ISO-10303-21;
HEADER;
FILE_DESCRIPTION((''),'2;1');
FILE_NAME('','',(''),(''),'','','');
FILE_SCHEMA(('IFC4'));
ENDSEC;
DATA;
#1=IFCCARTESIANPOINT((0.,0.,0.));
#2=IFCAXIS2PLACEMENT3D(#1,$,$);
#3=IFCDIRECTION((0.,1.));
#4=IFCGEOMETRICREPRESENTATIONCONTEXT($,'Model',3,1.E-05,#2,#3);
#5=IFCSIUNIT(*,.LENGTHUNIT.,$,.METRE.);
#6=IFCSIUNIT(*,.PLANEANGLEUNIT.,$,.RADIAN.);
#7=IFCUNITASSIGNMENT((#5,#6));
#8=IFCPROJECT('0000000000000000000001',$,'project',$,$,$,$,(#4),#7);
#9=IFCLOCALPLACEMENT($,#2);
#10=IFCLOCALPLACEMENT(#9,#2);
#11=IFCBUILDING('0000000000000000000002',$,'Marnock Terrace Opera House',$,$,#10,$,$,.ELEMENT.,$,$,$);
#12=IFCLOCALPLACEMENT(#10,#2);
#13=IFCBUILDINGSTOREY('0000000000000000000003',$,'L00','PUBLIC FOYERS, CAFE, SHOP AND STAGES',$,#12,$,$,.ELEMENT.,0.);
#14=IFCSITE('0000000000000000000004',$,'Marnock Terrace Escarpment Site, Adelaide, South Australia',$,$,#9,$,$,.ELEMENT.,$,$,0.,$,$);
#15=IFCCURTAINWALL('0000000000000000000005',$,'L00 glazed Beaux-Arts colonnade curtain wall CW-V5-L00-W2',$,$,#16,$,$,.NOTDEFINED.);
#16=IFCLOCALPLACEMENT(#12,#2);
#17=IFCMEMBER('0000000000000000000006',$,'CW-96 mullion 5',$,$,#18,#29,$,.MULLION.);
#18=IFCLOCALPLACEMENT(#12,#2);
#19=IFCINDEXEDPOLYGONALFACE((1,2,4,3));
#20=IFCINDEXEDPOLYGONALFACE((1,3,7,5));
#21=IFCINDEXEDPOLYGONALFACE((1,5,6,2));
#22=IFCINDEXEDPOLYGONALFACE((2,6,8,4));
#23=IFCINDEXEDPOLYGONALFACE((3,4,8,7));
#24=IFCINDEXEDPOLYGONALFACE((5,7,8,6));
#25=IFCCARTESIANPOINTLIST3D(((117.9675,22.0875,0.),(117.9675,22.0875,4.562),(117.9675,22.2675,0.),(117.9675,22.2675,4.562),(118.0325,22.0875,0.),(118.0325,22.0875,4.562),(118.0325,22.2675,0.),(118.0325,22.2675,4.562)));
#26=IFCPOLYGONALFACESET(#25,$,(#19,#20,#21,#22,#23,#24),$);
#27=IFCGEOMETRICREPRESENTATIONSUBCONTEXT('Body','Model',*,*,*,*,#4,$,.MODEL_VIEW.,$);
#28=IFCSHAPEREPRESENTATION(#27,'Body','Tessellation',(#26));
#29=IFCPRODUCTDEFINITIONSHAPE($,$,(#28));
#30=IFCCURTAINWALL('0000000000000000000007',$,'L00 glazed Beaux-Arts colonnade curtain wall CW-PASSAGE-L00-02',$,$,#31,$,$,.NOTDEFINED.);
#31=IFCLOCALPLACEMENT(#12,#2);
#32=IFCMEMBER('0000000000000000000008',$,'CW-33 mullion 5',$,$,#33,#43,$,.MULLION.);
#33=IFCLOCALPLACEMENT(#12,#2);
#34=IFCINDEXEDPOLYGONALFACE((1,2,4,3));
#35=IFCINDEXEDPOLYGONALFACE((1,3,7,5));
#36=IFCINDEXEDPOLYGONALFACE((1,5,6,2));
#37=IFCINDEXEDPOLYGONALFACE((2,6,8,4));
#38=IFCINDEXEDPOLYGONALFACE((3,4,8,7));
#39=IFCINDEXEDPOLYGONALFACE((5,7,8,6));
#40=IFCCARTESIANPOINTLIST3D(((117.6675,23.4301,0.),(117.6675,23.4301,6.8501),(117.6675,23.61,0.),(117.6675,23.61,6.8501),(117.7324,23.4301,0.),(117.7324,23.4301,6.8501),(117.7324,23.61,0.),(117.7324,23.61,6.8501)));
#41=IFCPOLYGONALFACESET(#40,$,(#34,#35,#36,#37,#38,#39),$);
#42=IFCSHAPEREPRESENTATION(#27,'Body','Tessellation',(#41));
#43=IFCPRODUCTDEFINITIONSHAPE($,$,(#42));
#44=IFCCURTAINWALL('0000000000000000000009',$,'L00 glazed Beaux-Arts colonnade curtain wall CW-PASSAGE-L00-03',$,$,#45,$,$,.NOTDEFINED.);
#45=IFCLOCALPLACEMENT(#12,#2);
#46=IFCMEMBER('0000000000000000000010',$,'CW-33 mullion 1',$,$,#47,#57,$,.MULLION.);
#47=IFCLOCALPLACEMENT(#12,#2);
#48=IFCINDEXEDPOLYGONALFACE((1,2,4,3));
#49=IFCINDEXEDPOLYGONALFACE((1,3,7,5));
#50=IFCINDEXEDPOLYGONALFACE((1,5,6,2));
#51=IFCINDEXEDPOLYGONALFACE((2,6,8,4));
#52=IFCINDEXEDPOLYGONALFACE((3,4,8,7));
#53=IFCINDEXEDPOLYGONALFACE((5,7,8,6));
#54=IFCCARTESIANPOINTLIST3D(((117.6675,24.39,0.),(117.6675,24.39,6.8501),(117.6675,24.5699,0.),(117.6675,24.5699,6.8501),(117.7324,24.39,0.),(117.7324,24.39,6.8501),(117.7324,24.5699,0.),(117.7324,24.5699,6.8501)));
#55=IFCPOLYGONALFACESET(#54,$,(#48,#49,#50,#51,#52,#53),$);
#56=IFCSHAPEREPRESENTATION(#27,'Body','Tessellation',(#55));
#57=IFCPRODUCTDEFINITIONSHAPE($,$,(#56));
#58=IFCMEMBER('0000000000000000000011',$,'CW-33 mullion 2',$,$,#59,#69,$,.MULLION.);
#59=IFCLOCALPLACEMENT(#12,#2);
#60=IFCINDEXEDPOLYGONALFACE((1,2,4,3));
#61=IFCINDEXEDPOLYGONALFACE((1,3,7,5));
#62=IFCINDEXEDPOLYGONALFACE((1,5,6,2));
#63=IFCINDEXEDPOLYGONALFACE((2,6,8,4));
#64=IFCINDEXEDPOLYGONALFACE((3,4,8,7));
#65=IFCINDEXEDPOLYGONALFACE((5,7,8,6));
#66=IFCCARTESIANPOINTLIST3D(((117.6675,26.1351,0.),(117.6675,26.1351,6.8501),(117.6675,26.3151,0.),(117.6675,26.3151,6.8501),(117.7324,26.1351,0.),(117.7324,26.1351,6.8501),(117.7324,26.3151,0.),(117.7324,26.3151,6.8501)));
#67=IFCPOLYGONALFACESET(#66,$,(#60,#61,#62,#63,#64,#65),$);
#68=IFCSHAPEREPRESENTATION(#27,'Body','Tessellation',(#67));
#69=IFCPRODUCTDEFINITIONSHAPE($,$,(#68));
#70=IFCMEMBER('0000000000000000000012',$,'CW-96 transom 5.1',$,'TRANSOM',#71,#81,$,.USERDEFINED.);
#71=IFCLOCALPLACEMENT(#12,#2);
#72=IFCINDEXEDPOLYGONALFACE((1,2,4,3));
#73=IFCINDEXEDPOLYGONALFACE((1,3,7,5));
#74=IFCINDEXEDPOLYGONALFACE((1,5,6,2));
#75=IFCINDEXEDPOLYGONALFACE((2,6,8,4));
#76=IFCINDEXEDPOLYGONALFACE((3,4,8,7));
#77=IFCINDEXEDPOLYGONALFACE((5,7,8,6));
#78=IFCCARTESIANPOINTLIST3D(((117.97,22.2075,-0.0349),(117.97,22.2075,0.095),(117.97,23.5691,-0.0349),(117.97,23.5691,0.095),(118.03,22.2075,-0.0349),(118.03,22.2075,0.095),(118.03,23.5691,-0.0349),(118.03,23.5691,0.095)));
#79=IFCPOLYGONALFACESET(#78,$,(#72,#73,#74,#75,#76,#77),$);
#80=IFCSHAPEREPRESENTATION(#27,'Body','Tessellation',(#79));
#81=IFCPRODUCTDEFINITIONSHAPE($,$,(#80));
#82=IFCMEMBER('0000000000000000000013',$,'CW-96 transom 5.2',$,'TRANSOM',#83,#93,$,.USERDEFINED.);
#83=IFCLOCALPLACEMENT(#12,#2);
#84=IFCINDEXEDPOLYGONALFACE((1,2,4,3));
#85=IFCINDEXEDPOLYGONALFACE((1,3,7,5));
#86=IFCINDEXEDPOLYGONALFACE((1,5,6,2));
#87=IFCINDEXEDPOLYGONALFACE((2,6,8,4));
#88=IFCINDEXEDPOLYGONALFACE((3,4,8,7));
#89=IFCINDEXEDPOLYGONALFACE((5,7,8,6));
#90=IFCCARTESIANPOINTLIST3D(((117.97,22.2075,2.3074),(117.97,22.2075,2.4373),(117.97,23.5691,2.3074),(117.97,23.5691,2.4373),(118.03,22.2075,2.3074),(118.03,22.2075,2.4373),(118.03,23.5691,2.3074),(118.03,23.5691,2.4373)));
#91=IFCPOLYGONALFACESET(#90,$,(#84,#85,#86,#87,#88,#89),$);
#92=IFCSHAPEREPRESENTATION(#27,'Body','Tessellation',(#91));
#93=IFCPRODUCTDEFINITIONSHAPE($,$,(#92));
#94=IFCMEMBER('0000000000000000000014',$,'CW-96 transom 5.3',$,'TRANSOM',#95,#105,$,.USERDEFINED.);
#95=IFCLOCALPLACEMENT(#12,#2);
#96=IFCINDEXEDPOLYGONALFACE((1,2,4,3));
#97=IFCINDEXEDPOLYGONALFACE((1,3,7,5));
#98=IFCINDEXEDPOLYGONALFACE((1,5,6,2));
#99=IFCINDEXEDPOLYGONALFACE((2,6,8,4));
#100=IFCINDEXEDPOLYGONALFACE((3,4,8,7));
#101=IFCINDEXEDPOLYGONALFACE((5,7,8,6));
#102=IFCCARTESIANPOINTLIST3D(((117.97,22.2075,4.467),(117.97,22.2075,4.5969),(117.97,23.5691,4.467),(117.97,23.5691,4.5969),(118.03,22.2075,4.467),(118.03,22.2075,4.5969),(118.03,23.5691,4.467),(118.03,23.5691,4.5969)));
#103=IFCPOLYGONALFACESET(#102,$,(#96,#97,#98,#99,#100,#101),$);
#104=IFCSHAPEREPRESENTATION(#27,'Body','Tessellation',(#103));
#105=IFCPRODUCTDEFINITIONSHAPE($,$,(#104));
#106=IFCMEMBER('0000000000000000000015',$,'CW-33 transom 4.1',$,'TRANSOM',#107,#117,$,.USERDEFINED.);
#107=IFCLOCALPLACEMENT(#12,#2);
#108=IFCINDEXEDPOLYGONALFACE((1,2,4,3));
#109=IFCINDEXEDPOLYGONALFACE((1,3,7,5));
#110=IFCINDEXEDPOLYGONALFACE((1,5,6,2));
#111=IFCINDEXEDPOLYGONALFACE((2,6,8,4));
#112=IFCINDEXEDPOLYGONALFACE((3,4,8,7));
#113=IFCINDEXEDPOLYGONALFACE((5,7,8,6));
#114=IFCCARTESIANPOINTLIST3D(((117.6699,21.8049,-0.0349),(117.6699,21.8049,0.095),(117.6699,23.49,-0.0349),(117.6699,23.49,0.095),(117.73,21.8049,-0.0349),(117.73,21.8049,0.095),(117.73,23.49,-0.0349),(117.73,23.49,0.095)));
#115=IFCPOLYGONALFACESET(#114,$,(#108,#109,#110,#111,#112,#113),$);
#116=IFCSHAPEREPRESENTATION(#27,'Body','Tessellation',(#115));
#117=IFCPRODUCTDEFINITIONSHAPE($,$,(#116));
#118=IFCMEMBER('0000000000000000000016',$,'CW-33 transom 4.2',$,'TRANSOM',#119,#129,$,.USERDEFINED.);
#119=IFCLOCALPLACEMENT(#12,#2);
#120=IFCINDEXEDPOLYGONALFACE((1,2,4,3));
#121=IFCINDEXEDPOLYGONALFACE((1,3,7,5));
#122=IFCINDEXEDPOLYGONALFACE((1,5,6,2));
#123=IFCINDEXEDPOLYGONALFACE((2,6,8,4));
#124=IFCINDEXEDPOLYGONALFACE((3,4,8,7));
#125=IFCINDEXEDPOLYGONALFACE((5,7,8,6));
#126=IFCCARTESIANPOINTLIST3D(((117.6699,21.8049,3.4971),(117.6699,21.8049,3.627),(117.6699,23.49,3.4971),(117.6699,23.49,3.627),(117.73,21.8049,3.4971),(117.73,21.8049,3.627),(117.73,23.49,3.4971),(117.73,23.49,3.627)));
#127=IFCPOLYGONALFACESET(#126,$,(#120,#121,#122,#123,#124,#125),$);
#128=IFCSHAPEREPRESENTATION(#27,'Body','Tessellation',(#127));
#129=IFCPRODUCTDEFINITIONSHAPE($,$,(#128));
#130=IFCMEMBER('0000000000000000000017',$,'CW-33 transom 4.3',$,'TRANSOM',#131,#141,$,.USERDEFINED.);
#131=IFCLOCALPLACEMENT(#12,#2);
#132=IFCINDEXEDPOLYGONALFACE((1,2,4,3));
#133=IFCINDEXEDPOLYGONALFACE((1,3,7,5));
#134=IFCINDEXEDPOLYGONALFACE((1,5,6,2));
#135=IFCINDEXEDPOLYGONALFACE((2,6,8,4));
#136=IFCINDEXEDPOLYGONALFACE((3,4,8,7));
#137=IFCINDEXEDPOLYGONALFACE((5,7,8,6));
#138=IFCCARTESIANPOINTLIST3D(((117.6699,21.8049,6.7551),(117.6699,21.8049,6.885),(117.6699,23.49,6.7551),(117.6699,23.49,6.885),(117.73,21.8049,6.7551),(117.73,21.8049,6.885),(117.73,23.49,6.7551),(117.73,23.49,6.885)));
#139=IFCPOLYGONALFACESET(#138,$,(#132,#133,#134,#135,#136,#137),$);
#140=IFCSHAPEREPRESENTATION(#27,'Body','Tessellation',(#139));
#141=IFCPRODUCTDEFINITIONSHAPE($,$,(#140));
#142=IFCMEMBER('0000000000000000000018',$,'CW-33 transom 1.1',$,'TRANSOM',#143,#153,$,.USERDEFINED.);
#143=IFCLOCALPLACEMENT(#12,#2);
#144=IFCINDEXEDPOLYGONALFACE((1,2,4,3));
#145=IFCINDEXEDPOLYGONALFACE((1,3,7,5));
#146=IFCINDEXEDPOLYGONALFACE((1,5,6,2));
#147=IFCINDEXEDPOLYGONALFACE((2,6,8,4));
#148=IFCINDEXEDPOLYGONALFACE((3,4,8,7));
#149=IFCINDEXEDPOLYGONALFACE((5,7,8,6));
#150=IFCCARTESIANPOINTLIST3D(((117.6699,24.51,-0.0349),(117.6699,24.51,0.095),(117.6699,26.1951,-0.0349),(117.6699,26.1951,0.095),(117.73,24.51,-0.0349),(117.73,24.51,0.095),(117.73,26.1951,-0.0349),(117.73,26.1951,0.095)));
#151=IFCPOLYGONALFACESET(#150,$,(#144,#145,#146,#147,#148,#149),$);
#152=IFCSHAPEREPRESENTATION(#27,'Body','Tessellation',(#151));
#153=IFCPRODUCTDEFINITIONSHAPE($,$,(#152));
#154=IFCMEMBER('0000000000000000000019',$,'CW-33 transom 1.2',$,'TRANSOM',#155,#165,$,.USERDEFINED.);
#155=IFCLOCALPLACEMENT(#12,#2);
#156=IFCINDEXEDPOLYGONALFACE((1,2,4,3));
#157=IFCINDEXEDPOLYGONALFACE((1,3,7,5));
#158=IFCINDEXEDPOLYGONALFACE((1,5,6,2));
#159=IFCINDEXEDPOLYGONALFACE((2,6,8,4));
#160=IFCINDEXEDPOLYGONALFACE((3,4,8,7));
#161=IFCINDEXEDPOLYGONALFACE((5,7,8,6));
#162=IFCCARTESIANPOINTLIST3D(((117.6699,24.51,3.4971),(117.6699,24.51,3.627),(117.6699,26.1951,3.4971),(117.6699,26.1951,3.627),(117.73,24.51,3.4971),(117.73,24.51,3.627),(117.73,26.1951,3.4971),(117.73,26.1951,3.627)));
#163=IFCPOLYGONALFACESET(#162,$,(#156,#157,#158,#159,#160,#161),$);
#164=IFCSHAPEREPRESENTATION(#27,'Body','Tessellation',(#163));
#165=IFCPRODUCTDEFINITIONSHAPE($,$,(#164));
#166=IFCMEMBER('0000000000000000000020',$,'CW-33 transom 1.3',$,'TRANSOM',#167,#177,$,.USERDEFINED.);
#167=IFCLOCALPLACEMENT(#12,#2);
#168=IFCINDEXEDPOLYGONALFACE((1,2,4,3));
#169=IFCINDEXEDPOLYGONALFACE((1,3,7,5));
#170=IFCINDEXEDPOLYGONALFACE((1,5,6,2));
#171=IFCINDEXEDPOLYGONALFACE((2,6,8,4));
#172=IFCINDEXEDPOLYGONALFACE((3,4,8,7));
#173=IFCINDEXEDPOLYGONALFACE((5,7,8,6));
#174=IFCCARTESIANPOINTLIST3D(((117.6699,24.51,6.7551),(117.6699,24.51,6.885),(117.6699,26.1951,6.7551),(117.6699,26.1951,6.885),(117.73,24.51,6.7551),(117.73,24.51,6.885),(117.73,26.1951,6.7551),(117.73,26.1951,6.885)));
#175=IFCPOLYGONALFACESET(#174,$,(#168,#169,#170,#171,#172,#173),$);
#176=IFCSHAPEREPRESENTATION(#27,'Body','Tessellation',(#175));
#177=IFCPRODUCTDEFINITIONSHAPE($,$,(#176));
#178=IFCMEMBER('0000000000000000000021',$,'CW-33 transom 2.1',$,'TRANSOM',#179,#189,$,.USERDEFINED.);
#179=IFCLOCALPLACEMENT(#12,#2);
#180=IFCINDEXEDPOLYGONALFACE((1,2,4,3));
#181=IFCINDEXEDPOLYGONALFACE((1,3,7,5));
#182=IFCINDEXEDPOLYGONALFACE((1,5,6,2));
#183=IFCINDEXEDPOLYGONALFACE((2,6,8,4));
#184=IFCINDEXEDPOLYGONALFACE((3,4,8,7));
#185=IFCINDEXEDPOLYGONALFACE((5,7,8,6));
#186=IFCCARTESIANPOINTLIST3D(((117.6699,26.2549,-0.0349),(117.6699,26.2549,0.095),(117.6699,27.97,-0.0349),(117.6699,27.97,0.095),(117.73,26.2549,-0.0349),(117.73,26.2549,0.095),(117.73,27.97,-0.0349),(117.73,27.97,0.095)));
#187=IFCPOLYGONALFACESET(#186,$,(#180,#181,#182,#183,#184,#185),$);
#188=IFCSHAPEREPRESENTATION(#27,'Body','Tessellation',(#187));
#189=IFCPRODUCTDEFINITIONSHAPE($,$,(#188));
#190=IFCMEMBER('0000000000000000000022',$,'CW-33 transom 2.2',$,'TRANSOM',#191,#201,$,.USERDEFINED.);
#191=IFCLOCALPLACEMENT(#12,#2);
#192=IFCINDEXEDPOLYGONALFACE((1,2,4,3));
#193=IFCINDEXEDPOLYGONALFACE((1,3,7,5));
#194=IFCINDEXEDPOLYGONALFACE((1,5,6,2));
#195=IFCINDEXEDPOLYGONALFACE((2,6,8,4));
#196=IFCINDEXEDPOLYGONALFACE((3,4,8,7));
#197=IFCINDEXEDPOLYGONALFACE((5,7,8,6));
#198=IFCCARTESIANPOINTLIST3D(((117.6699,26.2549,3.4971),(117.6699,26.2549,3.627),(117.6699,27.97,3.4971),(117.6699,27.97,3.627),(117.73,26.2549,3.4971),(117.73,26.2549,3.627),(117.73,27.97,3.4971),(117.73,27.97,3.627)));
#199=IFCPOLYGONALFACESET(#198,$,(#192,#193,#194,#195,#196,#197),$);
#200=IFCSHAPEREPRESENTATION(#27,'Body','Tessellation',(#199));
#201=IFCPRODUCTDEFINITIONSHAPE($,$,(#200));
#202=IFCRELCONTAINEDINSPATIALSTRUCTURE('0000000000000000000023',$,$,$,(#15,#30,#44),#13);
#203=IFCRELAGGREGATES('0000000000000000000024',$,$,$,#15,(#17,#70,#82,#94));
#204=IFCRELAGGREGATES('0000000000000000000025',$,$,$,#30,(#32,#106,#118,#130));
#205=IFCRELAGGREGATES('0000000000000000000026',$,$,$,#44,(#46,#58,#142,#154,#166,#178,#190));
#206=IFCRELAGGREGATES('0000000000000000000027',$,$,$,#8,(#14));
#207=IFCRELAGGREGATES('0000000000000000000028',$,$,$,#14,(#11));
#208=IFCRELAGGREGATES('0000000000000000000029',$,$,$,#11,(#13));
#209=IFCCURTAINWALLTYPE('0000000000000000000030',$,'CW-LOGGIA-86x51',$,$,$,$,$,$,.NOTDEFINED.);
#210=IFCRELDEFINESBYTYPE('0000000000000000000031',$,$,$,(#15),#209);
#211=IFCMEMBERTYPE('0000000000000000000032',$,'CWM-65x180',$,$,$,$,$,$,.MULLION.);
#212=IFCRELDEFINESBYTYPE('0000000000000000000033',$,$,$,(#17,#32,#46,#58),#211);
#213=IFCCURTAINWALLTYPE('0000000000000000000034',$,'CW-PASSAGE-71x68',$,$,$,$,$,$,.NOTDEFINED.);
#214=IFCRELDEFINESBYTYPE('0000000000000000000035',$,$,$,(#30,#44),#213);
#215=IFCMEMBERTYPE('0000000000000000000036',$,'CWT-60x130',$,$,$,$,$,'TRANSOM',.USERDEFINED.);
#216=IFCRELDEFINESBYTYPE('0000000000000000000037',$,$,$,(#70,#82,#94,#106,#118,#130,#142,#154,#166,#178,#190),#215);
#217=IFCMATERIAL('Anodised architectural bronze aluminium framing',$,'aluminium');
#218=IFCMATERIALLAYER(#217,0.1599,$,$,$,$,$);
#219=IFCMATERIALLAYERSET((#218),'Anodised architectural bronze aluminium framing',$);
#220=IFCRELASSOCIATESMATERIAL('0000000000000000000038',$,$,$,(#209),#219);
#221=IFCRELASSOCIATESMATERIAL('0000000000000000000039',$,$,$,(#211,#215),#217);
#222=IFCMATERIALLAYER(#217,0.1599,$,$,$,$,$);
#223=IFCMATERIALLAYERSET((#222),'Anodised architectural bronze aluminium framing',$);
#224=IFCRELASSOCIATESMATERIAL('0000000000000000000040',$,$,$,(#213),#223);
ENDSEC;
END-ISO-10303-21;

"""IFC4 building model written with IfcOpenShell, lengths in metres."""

from ifc_helpers import new_model, si_unit, direction, frame, origin, origin_2d, place, context, subcontext, project, spatial, rectangle, extrude, material, layer, layer_set, material_profile, profile_set, type_object, element, aggregate, save


model = new_model("IFC4")

# Units and contexts
model_context = context("Model", 3, precision=1e-05, world=origin(), true_north=direction((0.0, 1.0)))
body_context = subcontext(model_context, "Body", "Model", "MODEL_VIEW")
ifc_project = project(units=[si_unit("LENGTHUNIT", "METRE"), si_unit("PLANEANGLEUNIT", "RADIAN")], contexts=[model_context])

# Site, building, storey
site_placement = place(None, origin())
site = spatial("IfcSite", under=ifc_project, at=site_placement, Name="Marnock Terrace Escarpment Site, Adelaide, South Australia", CompositionType="ELEMENT", RefElevation=0.0)
building_placement = place(site_placement, origin())
building = spatial("IfcBuilding", under=site, at=building_placement, Name="Marnock Terrace Opera House", CompositionType="ELEMENT")
storey_placement = place(building_placement, origin())
storey = spatial("IfcBuildingStorey", under=building, at=storey_placement, Name="L00", Description="PUBLIC FOYERS, CAFE, SHOP AND STAGES", CompositionType="ELEMENT", Elevation=0.0)

# Curtain walls, members
ifc_material_1 = material(Name="Anodised architectural bronze aluminium framing", Category="aluminium")
ifc_layer_1 = layer(ifc_material_1, 0.1599)
ifc_layer_set_1 = layer_set([ifc_layer_1], Name="Anodised architectural bronze aluminium framing")
curtain_wall_type_1 = type_object("IfcCurtainWallType", Name="CW-LOGGIA-86x51", PredefinedType="NOTDEFINED", material=ifc_layer_set_1)
curtain_wall_1_placement = place(storey_placement, origin())
curtain_wall_1 = element("IfcCurtainWall", 1, at=curtain_wall_1_placement, inside=storey, type_object=curtain_wall_type_1, Name="L00 glazed Beaux-Arts colonnade curtain wall CW-V5-L00-W2", PredefinedType="NOTDEFINED")
ifc_material_profile_1 = material_profile(ifc_material_1, rectangle(XDim=0.0649, YDim=0.1799, at=origin_2d()))
ifc_profile_set_1 = profile_set([ifc_material_profile_1], Name="Anodised architectural bronze aluminium framing")
member_type_1 = type_object("IfcMemberType", Name="CWM-65x180", PredefinedType="MULLION", material=ifc_profile_set_1)
member_1_placement = place(storey_placement, frame((118.0, 22.1775, 0.0), z_axis=(0.0, 0.0, 1.0), x_axis=(-1.0, 0.0, 0.0)))
member_1 = element("IfcMember", 2, at=member_1_placement, type_object=member_type_1, Name="CW-96 mullion 5", PredefinedType="MULLION", context=body_context, shape_type="SweptSolid", body=[
    extrude(rectangle(XDim=0.0649, YDim=0.1799, at=origin_2d()), origin(), (0.0, 0.0, 1.0), 4.562),
])
ifc_layer_2 = layer(ifc_material_1, 0.1599)
ifc_layer_set_2 = layer_set([ifc_layer_2], Name="Anodised architectural bronze aluminium framing")
curtain_wall_type_2 = type_object("IfcCurtainWallType", Name="CW-PASSAGE-71x68", PredefinedType="NOTDEFINED", material=ifc_layer_set_2)
curtain_wall_2_placement = place(storey_placement, origin())
curtain_wall_2 = element("IfcCurtainWall", 3, at=curtain_wall_2_placement, inside=storey, type_object=curtain_wall_type_2, Name="L00 glazed Beaux-Arts colonnade curtain wall CW-PASSAGE-L00-02", PredefinedType="NOTDEFINED")
member_2_placement = place(storey_placement, frame((117.7, 23.52, 0.0), z_axis=(0.0, 0.0, 1.0), x_axis=(-1.0, 0.0, 0.0)))
member_2 = element("IfcMember", 4, at=member_2_placement, type_object=member_type_1, Name="CW-33 mullion 5", PredefinedType="MULLION", context=body_context, shape_type="SweptSolid", body=[
    extrude(rectangle(XDim=0.0649, YDim=0.1799, at=origin_2d()), origin(), (0.0, 0.0, 1.0), 6.8501),
])

# Curtain wall, members
curtain_wall_3_placement = place(storey_placement, origin())
curtain_wall_3 = element("IfcCurtainWall", 5, at=curtain_wall_3_placement, inside=storey, type_object=curtain_wall_type_2, Name="L00 glazed Beaux-Arts colonnade curtain wall CW-PASSAGE-L00-03", PredefinedType="NOTDEFINED")
member_3_placement = place(storey_placement, frame((117.7, 24.48, 0.0), z_axis=(0.0, 0.0, 1.0), x_axis=(-1.0, 0.0, 0.0)))
member_3 = element("IfcMember", 6, at=member_3_placement, type_object=member_type_1, Name="CW-33 mullion 1", PredefinedType="MULLION", context=body_context, shape_type="SweptSolid", body=[
    extrude(rectangle(XDim=0.0649, YDim=0.1799, at=origin_2d()), origin(), (0.0, 0.0, 1.0), 6.8501),
])
member_4_placement = place(storey_placement, frame((117.7, 26.2251, 0.0), z_axis=(0.0, 0.0, 1.0), x_axis=(-1.0, 0.0, 0.0)))
member_4 = element("IfcMember", 7, at=member_4_placement, type_object=member_type_1, Name="CW-33 mullion 2", PredefinedType="MULLION", context=body_context, shape_type="SweptSolid", body=[
    extrude(rectangle(XDim=0.0649, YDim=0.1799, at=origin_2d()), origin(), (0.0, 0.0, 1.0), 6.8501),
])

# Members
ifc_material_profile_2 = material_profile(ifc_material_1, rectangle(XDim=0.0601, YDim=0.1299, at=origin_2d()))
ifc_profile_set_2 = profile_set([ifc_material_profile_2], Name="Anodised architectural bronze aluminium framing")
member_type_2 = type_object("IfcMemberType", Name="CWT-60x130", ElementType="TRANSOM", PredefinedType="USERDEFINED", material=ifc_profile_set_2)
member_5_placement = place(storey_placement, frame((118.0, 22.2075, 0.03), z_axis=(0.0, 1.0, 0.0), x_axis=(-1.0, 0.0, 0.0)))
member_5 = element("IfcMember", 8, at=member_5_placement, type_object=member_type_2, Name="CW-96 transom 5.1", ObjectType="TRANSOM", PredefinedType="USERDEFINED", context=body_context, shape_type="SweptSolid", body=[
    extrude(rectangle(XDim=0.0601, YDim=0.1299, at=origin_2d()), origin(), (0.0, 0.0, 1.0), 1.3616),
])
member_6_placement = place(storey_placement, frame((118.0, 22.2075, 2.3723), z_axis=(0.0, 1.0, 0.0), x_axis=(-1.0, 0.0, 0.0)))
member_6 = element("IfcMember", 9, at=member_6_placement, type_object=member_type_2, Name="CW-96 transom 5.2", ObjectType="TRANSOM", PredefinedType="USERDEFINED", context=body_context, shape_type="SweptSolid", body=[
    extrude(rectangle(XDim=0.0601, YDim=0.1299, at=origin_2d()), origin(), (0.0, 0.0, 1.0), 1.3616),
])
member_7_placement = place(storey_placement, frame((118.0, 22.2075, 4.532), z_axis=(0.0, 1.0, 0.0), x_axis=(-1.0, 0.0, 0.0)))
member_7 = element("IfcMember", 10, at=member_7_placement, type_object=member_type_2, Name="CW-96 transom 5.3", ObjectType="TRANSOM", PredefinedType="USERDEFINED", context=body_context, shape_type="SweptSolid", body=[
    extrude(rectangle(XDim=0.0601, YDim=0.1299, at=origin_2d()), origin(), (0.0, 0.0, 1.0), 1.3616),
])
aggregate(curtain_wall_1, [member_1, member_5, member_6, member_7])
member_8_placement = place(storey_placement, frame((117.7, 21.8049, 0.03), z_axis=(0.0, 1.0, 0.0), x_axis=(-1.0, 0.0, 0.0)))
member_8 = element("IfcMember", 11, at=member_8_placement, type_object=member_type_2, Name="CW-33 transom 4.1", ObjectType="TRANSOM", PredefinedType="USERDEFINED", context=body_context, shape_type="SweptSolid", body=[
    extrude(rectangle(XDim=0.0601, YDim=0.1299, at=origin_2d()), origin(), (0.0, 0.0, 1.0), 1.6851),
])
member_9_placement = place(storey_placement, frame((117.7, 21.8049, 3.562), z_axis=(0.0, 1.0, 0.0), x_axis=(-1.0, 0.0, 0.0)))
member_9 = element("IfcMember", 12, at=member_9_placement, type_object=member_type_2, Name="CW-33 transom 4.2", ObjectType="TRANSOM", PredefinedType="USERDEFINED", context=body_context, shape_type="SweptSolid", body=[
    extrude(rectangle(XDim=0.0601, YDim=0.1299, at=origin_2d()), origin(), (0.0, 0.0, 1.0), 1.6851),
])
member_10_placement = place(storey_placement, frame((117.7, 21.8049, 6.8201), z_axis=(0.0, 1.0, 0.0), x_axis=(-1.0, 0.0, 0.0)))
member_10 = element("IfcMember", 13, at=member_10_placement, type_object=member_type_2, Name="CW-33 transom 4.3", ObjectType="TRANSOM", PredefinedType="USERDEFINED", context=body_context, shape_type="SweptSolid", body=[
    extrude(rectangle(XDim=0.0601, YDim=0.1299, at=origin_2d()), origin(), (0.0, 0.0, 1.0), 1.6851),
])
member_11_placement = place(storey_placement, frame((117.7, 24.51, 0.03), z_axis=(0.0, 1.0, 0.0), x_axis=(-1.0, 0.0, 0.0)))
member_11 = element("IfcMember", 14, at=member_11_placement, type_object=member_type_2, Name="CW-33 transom 1.1", ObjectType="TRANSOM", PredefinedType="USERDEFINED", context=body_context, shape_type="SweptSolid", body=[
    extrude(rectangle(XDim=0.0601, YDim=0.1299, at=origin_2d()), origin(), (0.0, 0.0, 1.0), 1.6851),
])
member_12_placement = place(storey_placement, frame((117.7, 24.51, 3.562), z_axis=(0.0, 1.0, 0.0), x_axis=(-1.0, 0.0, 0.0)))
member_12 = element("IfcMember", 15, at=member_12_placement, type_object=member_type_2, Name="CW-33 transom 1.2", ObjectType="TRANSOM", PredefinedType="USERDEFINED", context=body_context, shape_type="SweptSolid", body=[
    extrude(rectangle(XDim=0.0601, YDim=0.1299, at=origin_2d()), origin(), (0.0, 0.0, 1.0), 1.6851),
])
member_13_placement = place(storey_placement, frame((117.7, 24.51, 6.8201), z_axis=(0.0, 1.0, 0.0), x_axis=(-1.0, 0.0, 0.0)))
member_13 = element("IfcMember", 16, at=member_13_placement, type_object=member_type_2, Name="CW-33 transom 1.3", ObjectType="TRANSOM", PredefinedType="USERDEFINED", context=body_context, shape_type="SweptSolid", body=[
    extrude(rectangle(XDim=0.0601, YDim=0.1299, at=origin_2d()), origin(), (0.0, 0.0, 1.0), 1.6851),
])
member_14_placement = place(storey_placement, frame((117.7, 26.2549, 0.03), z_axis=(0.0, 1.0, 0.0), x_axis=(-1.0, 0.0, 0.0)))
member_14 = element("IfcMember", 17, at=member_14_placement, type_object=member_type_2, Name="CW-33 transom 2.1", ObjectType="TRANSOM", PredefinedType="USERDEFINED", context=body_context, shape_type="SweptSolid", body=[
    extrude(rectangle(XDim=0.0601, YDim=0.1299, at=origin_2d()), origin(), (0.0, 0.0, 1.0), 1.7151),
])
member_15_placement = place(storey_placement, frame((117.7, 26.2549, 3.562), z_axis=(0.0, 1.0, 0.0), x_axis=(-1.0, 0.0, 0.0)))
member_15 = element("IfcMember", 18, at=member_15_placement, type_object=member_type_2, Name="CW-33 transom 2.2", ObjectType="TRANSOM", PredefinedType="USERDEFINED", context=body_context, shape_type="SweptSolid", body=[
    extrude(rectangle(XDim=0.0601, YDim=0.1299, at=origin_2d()), origin(), (0.0, 0.0, 1.0), 1.7151),
])

aggregate(curtain_wall_2, [member_2, member_8, member_9, member_10])
aggregate(curtain_wall_3, [member_3, member_4, member_11, member_12, member_13, member_14, member_15])

save(model, "model.ifc")
